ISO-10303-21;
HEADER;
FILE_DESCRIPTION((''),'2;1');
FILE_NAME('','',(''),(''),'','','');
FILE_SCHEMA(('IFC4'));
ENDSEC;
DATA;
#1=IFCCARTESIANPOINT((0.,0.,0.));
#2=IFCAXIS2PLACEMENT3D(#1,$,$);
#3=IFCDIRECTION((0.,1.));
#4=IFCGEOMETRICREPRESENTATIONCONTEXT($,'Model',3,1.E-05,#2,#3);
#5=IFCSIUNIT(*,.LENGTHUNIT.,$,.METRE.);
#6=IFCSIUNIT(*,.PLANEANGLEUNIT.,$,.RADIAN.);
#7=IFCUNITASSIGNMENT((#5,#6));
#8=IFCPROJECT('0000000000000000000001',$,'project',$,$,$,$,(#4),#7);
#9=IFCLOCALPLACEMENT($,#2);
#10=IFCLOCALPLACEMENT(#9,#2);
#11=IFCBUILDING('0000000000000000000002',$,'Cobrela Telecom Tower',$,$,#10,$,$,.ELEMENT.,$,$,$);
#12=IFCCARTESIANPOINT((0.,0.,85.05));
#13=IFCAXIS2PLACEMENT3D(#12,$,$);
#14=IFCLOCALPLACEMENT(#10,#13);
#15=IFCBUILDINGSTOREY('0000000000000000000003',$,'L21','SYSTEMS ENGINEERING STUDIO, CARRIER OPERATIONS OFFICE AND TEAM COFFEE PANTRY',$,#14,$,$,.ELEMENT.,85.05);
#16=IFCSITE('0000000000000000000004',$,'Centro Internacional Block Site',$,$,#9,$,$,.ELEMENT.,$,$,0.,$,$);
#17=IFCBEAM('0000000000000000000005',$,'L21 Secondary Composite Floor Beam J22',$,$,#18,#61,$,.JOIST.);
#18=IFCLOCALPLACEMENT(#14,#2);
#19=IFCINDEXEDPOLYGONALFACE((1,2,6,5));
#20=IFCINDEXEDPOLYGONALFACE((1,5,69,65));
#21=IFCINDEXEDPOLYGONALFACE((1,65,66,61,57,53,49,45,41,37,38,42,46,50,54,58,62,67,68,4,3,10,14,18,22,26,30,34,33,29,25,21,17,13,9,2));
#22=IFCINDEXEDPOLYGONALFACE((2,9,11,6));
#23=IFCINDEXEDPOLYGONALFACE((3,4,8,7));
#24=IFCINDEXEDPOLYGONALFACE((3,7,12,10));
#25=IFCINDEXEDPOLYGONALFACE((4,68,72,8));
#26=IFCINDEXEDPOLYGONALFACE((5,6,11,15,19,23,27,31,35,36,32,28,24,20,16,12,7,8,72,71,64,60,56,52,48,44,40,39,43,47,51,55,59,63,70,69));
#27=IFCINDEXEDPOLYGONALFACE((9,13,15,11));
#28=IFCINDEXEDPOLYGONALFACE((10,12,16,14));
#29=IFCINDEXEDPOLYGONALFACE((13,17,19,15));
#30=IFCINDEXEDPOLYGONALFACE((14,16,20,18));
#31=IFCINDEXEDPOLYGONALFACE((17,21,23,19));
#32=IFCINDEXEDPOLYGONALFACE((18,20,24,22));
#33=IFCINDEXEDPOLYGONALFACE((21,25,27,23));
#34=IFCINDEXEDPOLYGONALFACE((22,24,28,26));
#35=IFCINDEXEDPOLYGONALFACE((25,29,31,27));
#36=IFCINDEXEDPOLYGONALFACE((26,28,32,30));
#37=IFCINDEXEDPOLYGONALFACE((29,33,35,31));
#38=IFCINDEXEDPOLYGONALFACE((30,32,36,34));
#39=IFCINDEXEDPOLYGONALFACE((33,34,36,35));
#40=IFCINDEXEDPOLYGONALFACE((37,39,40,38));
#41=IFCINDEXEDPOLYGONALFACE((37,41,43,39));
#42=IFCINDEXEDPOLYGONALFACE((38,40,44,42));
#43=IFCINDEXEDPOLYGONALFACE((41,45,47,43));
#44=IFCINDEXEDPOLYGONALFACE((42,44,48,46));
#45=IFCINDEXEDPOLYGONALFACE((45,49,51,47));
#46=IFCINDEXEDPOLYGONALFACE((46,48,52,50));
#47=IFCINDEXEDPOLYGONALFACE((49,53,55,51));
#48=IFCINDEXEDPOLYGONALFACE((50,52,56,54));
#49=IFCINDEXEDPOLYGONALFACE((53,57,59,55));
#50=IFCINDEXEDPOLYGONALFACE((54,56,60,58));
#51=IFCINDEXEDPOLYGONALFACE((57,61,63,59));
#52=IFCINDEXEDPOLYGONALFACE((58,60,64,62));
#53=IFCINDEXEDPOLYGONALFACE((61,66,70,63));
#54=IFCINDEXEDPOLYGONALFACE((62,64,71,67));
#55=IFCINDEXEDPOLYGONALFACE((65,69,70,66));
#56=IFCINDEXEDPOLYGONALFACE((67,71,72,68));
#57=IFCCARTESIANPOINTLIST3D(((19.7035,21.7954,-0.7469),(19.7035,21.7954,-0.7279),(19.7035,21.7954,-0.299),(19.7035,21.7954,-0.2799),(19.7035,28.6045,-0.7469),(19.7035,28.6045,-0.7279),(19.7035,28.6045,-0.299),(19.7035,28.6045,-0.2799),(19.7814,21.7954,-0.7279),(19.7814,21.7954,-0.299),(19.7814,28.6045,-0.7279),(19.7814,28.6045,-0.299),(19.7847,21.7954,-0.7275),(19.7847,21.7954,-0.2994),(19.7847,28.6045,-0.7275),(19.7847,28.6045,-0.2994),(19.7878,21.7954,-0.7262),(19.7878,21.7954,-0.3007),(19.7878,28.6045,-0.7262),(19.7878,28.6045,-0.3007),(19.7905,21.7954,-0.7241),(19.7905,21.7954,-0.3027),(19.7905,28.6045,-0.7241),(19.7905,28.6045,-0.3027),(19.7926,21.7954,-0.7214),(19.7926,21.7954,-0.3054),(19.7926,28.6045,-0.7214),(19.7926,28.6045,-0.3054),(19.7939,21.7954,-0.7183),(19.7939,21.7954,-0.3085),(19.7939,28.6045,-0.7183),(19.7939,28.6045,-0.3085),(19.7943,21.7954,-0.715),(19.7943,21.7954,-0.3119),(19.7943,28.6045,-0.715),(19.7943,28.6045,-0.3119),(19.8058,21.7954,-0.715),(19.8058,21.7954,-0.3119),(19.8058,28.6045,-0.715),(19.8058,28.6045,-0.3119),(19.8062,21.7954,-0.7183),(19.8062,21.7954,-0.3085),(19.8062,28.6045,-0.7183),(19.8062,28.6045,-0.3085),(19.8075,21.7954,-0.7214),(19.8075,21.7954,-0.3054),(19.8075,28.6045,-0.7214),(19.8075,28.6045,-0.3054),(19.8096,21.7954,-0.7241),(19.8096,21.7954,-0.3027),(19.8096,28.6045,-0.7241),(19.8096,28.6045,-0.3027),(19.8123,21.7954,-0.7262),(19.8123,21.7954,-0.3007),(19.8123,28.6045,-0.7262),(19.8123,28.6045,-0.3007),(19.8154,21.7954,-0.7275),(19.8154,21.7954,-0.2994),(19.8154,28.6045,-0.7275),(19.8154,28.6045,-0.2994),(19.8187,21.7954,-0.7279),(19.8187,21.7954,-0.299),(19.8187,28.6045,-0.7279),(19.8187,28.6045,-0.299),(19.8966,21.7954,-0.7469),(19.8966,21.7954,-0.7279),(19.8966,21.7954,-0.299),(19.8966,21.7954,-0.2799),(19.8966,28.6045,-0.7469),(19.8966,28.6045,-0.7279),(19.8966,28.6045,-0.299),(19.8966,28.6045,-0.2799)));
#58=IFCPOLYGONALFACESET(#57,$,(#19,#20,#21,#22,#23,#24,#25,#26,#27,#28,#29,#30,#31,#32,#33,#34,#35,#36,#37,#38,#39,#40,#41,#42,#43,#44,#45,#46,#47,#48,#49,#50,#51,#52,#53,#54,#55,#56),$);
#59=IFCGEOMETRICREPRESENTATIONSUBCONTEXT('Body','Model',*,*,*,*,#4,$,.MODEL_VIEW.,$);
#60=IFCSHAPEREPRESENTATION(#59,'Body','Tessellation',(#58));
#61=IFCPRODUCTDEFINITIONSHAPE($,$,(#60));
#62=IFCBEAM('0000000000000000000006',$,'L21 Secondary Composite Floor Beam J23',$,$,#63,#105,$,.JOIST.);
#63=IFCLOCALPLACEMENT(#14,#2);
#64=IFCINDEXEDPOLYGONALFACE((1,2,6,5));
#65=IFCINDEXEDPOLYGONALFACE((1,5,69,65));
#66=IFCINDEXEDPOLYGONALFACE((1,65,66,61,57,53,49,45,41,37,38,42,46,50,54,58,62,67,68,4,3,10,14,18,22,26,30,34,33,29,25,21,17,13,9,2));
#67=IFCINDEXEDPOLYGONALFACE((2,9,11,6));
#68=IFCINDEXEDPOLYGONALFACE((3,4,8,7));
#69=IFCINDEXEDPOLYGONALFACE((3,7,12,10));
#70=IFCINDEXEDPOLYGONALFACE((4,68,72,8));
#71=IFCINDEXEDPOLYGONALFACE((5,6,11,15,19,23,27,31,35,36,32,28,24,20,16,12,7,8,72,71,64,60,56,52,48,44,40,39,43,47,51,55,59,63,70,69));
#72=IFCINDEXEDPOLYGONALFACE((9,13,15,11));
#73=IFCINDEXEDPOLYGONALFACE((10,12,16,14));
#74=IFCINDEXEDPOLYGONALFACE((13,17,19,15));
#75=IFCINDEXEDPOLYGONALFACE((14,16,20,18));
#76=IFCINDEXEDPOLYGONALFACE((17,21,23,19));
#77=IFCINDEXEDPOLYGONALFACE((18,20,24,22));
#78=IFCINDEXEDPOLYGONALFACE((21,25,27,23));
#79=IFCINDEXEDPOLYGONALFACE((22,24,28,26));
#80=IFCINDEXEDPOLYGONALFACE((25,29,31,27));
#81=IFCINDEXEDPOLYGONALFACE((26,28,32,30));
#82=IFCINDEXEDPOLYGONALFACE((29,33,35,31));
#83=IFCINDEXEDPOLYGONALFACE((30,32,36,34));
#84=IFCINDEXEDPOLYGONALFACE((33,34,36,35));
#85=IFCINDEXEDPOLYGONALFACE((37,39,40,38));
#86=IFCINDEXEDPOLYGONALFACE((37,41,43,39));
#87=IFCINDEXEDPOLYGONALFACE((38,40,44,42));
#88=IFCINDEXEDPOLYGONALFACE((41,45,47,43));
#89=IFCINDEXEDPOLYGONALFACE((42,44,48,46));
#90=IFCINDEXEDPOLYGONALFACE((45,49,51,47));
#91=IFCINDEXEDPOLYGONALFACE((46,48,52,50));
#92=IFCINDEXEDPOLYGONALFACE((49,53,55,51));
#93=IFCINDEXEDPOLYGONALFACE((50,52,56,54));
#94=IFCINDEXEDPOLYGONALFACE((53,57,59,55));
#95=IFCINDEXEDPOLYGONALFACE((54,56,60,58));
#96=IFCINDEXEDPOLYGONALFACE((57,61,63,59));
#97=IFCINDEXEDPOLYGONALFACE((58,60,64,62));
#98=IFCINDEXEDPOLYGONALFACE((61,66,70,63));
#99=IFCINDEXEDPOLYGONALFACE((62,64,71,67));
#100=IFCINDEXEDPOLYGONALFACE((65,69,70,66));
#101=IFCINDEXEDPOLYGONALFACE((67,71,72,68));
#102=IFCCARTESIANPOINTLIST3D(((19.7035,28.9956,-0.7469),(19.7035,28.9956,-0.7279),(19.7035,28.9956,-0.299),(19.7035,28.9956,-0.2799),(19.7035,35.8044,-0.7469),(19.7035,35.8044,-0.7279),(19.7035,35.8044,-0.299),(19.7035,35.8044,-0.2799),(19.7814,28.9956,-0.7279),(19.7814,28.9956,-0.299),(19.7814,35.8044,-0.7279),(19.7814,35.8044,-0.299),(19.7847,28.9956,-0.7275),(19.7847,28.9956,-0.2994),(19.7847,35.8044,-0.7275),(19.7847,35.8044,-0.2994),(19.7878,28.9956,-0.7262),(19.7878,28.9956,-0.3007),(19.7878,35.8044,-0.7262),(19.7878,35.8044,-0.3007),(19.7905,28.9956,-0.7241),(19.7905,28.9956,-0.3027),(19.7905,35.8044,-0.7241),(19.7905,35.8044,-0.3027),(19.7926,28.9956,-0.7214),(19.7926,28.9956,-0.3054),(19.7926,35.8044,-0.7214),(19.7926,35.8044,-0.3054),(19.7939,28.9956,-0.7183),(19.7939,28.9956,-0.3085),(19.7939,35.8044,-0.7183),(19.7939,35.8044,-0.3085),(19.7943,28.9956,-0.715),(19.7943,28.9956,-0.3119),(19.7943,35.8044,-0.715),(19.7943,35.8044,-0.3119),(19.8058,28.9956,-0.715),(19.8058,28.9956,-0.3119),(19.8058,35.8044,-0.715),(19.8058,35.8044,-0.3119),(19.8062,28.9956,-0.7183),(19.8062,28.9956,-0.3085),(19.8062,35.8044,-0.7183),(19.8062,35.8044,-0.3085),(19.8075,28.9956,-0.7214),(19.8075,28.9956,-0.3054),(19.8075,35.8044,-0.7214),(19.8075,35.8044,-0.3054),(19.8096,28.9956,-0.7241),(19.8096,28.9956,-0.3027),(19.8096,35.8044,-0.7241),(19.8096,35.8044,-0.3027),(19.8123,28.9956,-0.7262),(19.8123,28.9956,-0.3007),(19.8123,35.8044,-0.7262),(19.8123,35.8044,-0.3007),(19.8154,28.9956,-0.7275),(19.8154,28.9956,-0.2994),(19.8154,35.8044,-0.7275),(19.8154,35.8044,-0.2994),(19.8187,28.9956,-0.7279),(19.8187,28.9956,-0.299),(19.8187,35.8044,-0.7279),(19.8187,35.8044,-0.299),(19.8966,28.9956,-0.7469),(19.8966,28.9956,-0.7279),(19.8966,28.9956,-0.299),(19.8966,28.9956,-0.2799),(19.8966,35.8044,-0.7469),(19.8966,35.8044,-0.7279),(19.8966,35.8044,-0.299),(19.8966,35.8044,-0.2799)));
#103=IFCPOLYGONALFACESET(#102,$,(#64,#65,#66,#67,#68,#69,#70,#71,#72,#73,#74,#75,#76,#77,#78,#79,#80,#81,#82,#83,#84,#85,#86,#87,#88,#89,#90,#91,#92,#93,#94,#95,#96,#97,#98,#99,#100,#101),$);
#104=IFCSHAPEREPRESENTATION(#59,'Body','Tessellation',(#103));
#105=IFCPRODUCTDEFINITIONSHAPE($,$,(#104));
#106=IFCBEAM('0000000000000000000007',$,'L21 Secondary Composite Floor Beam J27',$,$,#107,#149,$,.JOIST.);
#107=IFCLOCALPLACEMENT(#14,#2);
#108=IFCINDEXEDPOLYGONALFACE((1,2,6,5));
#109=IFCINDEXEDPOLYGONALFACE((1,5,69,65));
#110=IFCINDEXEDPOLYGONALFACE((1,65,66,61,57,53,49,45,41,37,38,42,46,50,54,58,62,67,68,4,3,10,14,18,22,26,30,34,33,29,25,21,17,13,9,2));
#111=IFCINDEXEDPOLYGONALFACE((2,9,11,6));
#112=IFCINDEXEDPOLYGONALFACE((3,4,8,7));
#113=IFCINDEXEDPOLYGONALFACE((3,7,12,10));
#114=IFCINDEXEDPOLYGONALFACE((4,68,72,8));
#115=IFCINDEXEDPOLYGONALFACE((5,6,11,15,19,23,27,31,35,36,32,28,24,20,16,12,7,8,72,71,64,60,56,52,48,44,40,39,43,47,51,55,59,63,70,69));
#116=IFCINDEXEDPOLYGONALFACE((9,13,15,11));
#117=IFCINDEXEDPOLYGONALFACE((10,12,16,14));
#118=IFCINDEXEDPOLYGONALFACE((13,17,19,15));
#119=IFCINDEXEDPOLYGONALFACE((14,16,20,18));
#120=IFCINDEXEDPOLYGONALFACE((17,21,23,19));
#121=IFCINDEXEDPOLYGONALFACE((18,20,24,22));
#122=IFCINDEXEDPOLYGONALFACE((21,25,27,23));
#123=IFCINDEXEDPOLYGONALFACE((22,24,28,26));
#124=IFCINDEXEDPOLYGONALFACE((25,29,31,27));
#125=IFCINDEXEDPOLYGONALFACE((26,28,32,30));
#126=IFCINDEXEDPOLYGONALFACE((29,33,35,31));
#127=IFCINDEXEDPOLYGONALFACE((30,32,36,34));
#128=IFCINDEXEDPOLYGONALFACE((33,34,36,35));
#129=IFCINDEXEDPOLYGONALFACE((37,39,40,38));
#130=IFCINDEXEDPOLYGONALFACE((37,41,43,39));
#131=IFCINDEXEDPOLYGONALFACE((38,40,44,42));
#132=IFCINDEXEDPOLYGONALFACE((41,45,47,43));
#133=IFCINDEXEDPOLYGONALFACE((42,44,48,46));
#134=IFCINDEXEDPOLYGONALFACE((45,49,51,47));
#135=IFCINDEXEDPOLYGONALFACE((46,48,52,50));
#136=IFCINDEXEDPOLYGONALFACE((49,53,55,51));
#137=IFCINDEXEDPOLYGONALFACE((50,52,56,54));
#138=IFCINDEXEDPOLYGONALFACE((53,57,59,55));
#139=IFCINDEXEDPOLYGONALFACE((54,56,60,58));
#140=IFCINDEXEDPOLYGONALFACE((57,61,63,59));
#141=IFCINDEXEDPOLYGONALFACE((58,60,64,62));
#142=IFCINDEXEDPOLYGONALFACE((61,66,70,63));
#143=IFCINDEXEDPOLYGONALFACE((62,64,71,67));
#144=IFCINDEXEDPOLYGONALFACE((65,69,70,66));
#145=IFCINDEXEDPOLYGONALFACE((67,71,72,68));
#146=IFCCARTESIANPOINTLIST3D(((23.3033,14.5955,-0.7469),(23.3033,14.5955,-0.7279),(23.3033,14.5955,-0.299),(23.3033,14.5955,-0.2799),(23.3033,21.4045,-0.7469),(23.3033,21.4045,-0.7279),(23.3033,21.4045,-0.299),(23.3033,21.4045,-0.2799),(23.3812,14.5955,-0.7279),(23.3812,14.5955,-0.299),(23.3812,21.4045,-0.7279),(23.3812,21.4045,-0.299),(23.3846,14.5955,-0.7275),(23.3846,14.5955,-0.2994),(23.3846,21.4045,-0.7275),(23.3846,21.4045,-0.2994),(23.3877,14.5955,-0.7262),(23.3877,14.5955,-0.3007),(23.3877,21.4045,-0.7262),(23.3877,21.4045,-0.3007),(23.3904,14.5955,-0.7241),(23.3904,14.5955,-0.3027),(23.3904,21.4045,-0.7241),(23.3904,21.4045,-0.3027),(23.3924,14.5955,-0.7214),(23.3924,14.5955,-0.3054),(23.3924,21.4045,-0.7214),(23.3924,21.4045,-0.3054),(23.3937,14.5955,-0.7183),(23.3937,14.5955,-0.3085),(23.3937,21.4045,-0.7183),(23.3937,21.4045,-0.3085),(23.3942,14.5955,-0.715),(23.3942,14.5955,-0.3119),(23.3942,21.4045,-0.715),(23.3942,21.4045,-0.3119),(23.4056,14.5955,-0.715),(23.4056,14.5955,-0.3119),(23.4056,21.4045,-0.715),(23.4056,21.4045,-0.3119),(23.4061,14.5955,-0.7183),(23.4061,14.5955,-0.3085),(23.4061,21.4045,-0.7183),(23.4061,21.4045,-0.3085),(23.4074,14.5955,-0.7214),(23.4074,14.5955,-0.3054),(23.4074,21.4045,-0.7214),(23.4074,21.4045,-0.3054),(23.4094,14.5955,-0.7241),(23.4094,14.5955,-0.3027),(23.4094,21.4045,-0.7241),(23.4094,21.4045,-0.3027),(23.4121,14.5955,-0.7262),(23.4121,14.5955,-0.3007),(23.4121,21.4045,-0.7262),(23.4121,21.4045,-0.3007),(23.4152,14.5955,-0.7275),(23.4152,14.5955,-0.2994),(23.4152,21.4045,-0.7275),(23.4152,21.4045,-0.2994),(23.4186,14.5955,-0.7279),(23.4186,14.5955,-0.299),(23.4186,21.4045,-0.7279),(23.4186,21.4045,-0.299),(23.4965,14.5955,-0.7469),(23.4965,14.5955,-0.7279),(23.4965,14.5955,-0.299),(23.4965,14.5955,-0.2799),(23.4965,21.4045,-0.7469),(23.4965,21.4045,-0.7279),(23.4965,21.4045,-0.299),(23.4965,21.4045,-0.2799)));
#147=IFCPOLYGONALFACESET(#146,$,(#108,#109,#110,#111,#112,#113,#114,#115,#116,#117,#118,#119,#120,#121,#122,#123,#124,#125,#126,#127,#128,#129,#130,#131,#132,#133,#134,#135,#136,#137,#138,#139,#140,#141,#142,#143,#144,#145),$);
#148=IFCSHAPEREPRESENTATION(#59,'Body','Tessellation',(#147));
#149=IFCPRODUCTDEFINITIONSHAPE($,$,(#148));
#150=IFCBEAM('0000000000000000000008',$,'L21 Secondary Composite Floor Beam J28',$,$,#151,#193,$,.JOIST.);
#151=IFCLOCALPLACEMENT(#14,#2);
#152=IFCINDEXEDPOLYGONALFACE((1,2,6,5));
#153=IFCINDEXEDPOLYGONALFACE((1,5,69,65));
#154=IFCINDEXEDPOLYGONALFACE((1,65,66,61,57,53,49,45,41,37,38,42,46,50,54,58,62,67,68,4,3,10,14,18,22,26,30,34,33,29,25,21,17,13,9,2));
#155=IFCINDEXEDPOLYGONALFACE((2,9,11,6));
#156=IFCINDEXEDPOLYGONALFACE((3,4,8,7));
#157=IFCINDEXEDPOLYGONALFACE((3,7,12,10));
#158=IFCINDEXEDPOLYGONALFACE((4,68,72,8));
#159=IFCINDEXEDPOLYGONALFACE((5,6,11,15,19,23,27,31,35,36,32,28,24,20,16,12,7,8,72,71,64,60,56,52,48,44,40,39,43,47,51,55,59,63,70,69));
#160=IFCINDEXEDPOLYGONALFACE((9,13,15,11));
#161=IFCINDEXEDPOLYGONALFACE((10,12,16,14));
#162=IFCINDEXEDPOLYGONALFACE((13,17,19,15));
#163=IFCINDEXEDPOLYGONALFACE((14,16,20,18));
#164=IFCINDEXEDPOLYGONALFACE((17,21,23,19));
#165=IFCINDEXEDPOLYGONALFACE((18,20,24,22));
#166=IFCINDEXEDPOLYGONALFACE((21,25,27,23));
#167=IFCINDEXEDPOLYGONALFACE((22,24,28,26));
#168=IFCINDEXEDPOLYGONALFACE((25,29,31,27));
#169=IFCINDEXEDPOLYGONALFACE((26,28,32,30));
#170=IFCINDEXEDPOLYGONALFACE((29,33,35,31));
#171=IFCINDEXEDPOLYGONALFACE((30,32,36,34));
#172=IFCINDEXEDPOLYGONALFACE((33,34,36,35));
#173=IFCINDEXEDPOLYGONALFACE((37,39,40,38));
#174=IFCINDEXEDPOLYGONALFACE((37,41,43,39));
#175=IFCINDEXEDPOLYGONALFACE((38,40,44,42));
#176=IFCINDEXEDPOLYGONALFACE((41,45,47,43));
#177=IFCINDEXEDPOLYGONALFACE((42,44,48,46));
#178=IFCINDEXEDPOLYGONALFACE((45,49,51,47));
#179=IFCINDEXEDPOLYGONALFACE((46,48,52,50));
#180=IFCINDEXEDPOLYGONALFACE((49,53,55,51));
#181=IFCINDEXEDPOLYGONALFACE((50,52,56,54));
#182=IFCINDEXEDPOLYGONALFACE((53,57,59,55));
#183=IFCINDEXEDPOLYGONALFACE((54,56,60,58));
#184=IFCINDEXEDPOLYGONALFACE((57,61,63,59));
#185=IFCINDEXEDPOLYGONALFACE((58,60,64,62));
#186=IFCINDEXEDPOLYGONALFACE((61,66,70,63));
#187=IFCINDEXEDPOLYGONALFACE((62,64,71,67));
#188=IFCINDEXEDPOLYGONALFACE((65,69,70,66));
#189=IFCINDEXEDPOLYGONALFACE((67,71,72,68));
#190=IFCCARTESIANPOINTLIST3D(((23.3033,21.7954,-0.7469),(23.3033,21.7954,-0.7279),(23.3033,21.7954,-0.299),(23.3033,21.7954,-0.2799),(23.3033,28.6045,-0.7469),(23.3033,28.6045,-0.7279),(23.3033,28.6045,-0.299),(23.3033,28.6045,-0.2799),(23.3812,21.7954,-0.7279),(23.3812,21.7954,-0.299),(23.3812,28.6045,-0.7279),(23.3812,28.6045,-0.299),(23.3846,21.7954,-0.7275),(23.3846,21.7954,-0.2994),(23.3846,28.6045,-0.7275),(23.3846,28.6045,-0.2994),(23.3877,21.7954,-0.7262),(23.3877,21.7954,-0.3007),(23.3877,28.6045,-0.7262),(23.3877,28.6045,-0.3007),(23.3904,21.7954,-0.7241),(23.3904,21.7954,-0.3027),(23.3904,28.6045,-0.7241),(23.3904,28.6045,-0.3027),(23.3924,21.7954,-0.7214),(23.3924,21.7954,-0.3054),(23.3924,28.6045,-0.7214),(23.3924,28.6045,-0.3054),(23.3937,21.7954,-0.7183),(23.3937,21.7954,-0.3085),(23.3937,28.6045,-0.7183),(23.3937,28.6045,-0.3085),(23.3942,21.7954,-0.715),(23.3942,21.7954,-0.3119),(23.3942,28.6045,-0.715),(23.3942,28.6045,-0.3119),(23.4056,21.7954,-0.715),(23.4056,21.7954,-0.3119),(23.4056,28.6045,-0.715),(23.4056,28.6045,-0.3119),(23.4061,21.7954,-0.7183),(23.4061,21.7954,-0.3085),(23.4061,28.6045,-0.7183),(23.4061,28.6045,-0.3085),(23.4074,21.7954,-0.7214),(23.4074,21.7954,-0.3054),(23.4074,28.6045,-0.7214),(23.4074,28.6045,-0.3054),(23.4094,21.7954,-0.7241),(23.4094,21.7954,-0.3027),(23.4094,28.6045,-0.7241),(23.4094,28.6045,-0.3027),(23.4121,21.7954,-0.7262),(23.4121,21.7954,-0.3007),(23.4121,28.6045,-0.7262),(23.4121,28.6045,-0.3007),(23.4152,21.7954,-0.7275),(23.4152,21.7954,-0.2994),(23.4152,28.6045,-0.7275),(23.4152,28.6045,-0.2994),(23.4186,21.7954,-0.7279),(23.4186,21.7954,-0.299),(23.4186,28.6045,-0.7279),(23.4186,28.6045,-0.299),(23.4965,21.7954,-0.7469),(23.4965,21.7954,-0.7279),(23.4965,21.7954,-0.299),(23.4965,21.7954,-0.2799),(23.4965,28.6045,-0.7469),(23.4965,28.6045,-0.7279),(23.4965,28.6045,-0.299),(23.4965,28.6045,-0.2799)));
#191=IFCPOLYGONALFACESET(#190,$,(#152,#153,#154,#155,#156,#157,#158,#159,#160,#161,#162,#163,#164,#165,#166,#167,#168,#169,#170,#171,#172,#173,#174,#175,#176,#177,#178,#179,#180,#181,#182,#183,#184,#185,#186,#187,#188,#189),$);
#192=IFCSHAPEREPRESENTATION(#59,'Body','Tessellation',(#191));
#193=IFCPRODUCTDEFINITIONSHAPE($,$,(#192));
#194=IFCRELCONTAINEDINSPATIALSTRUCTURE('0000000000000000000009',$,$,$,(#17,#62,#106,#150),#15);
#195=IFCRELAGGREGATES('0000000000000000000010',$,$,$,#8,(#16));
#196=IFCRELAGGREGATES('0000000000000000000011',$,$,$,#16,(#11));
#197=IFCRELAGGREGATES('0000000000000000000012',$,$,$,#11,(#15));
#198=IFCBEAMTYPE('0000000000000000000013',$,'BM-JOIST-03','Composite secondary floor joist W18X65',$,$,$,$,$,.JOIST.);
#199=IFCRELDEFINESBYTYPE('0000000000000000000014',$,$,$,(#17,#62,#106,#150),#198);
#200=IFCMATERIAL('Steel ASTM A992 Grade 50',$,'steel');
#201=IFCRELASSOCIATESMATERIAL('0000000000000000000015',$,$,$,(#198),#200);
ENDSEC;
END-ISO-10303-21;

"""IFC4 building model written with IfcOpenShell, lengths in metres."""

from ifc_helpers import new_model, si_unit, direction, frame, origin, origin_2d, place, context, subcontext, project, spatial, i_section, extrude, material, material_profile, profile_set, type_object, element, save


model = new_model("IFC4")

# Units and contexts
model_context = context("Model", 3, precision=1e-05, world=origin(), true_north=direction((0.0, 1.0)))
body_context = subcontext(model_context, "Body", "Model", "MODEL_VIEW")
ifc_project = project(units=[si_unit("LENGTHUNIT", "METRE"), si_unit("PLANEANGLEUNIT", "RADIAN")], contexts=[model_context])

# Site, building, storey
site_placement = place(None, origin())
site = spatial("IfcSite", under=ifc_project, at=site_placement, Name="Centro Internacional Block Site", CompositionType="ELEMENT", RefElevation=0.0)
building_placement = place(site_placement, origin())
building = spatial("IfcBuilding", under=site, at=building_placement, Name="Cobrela Telecom Tower", CompositionType="ELEMENT")
storey_placement = place(building_placement, frame((0.0, 0.0, 85.05)))
storey = spatial("IfcBuildingStorey", under=building, at=storey_placement, Name="L21", Description="SYSTEMS ENGINEERING STUDIO, CARRIER OPERATIONS OFFICE AND TEAM COFFEE PANTRY", CompositionType="ELEMENT", Elevation=85.05)

# Shared definitions
ifc_material_1 = material(Name="Steel ASTM A992 Grade 50", Category="steel")

# Beams
ifc_material_profile_1 = material_profile(ifc_material_1, i_section(OverallWidth=0.1931, OverallDepth=0.467, WebThickness=0.0115, FlangeThickness=0.019, FilletRadius=0.0129, at=origin_2d()), Name="W18X65")
ifc_profile_set_1 = profile_set([ifc_material_profile_1], Name="Steel ASTM A992 Grade 50")
beam_type_1 = type_object("IfcBeamType", Name="BM-JOIST-03", Description="Composite secondary floor joist W18X65", PredefinedType="JOIST", material=ifc_profile_set_1)
for number, where, z_axis, x_axis, name in (
    (1, (19.8, 21.7954, -0.5134), (0.0, 1.0, 0.0), (-1.0, 0.0, 0.0), "L21 Secondary Composite Floor Beam J22"),
):
    element("IfcBeam", number, at=place(storey_placement, frame(where, z_axis=z_axis, x_axis=x_axis)), inside=storey, type_object=beam_type_1, Name=name, PredefinedType="JOIST", context=body_context, shape_type="SweptSolid", body=[
        extrude(i_section(OverallWidth=0.1931, OverallDepth=0.467, WebThickness=0.0115, FlangeThickness=0.019, FilletRadius=0.0129, at=origin_2d()), origin(), (0.0, 0.0, 1.0), 6.8091),
    ])
beam_1_placement = place(storey_placement, frame((19.8, 28.9956, -0.5134), z_axis=(0.0, 1.0, 0.0), x_axis=(-1.0, 0.0, 0.0)))
element("IfcBeam", 2, at=beam_1_placement, inside=storey, type_object=beam_type_1, Name="L21 Secondary Composite Floor Beam J23", PredefinedType="JOIST", context=body_context, shape_type="SweptSolid", body=[
    extrude(i_section(OverallWidth=0.1931, OverallDepth=0.467, WebThickness=0.0115, FlangeThickness=0.019, FilletRadius=0.0129, at=origin_2d()), origin(), (0.0, 0.0, 1.0), 6.8088),
])
for number, where, z_axis, x_axis, name in (
    (3, (23.3999, 14.5955, -0.5134), (0.0, 1.0, 0.0), (-1.0, 0.0, 0.0), "L21 Secondary Composite Floor Beam J27"),
    (4, (23.3999, 21.7954, -0.5134), (0.0, 1.0, 0.0), (-1.0, 0.0, 0.0), "L21 Secondary Composite Floor Beam J28"),
):
    element("IfcBeam", number, at=place(storey_placement, frame(where, z_axis=z_axis, x_axis=x_axis)), inside=storey, type_object=beam_type_1, Name=name, PredefinedType="JOIST", context=body_context, shape_type="SweptSolid", body=[
        extrude(i_section(OverallWidth=0.1931, OverallDepth=0.467, WebThickness=0.0115, FlangeThickness=0.019, FilletRadius=0.0129, at=origin_2d()), origin(), (0.0, 0.0, 1.0), 6.8091),
    ])

save(model, "model.ifc")
